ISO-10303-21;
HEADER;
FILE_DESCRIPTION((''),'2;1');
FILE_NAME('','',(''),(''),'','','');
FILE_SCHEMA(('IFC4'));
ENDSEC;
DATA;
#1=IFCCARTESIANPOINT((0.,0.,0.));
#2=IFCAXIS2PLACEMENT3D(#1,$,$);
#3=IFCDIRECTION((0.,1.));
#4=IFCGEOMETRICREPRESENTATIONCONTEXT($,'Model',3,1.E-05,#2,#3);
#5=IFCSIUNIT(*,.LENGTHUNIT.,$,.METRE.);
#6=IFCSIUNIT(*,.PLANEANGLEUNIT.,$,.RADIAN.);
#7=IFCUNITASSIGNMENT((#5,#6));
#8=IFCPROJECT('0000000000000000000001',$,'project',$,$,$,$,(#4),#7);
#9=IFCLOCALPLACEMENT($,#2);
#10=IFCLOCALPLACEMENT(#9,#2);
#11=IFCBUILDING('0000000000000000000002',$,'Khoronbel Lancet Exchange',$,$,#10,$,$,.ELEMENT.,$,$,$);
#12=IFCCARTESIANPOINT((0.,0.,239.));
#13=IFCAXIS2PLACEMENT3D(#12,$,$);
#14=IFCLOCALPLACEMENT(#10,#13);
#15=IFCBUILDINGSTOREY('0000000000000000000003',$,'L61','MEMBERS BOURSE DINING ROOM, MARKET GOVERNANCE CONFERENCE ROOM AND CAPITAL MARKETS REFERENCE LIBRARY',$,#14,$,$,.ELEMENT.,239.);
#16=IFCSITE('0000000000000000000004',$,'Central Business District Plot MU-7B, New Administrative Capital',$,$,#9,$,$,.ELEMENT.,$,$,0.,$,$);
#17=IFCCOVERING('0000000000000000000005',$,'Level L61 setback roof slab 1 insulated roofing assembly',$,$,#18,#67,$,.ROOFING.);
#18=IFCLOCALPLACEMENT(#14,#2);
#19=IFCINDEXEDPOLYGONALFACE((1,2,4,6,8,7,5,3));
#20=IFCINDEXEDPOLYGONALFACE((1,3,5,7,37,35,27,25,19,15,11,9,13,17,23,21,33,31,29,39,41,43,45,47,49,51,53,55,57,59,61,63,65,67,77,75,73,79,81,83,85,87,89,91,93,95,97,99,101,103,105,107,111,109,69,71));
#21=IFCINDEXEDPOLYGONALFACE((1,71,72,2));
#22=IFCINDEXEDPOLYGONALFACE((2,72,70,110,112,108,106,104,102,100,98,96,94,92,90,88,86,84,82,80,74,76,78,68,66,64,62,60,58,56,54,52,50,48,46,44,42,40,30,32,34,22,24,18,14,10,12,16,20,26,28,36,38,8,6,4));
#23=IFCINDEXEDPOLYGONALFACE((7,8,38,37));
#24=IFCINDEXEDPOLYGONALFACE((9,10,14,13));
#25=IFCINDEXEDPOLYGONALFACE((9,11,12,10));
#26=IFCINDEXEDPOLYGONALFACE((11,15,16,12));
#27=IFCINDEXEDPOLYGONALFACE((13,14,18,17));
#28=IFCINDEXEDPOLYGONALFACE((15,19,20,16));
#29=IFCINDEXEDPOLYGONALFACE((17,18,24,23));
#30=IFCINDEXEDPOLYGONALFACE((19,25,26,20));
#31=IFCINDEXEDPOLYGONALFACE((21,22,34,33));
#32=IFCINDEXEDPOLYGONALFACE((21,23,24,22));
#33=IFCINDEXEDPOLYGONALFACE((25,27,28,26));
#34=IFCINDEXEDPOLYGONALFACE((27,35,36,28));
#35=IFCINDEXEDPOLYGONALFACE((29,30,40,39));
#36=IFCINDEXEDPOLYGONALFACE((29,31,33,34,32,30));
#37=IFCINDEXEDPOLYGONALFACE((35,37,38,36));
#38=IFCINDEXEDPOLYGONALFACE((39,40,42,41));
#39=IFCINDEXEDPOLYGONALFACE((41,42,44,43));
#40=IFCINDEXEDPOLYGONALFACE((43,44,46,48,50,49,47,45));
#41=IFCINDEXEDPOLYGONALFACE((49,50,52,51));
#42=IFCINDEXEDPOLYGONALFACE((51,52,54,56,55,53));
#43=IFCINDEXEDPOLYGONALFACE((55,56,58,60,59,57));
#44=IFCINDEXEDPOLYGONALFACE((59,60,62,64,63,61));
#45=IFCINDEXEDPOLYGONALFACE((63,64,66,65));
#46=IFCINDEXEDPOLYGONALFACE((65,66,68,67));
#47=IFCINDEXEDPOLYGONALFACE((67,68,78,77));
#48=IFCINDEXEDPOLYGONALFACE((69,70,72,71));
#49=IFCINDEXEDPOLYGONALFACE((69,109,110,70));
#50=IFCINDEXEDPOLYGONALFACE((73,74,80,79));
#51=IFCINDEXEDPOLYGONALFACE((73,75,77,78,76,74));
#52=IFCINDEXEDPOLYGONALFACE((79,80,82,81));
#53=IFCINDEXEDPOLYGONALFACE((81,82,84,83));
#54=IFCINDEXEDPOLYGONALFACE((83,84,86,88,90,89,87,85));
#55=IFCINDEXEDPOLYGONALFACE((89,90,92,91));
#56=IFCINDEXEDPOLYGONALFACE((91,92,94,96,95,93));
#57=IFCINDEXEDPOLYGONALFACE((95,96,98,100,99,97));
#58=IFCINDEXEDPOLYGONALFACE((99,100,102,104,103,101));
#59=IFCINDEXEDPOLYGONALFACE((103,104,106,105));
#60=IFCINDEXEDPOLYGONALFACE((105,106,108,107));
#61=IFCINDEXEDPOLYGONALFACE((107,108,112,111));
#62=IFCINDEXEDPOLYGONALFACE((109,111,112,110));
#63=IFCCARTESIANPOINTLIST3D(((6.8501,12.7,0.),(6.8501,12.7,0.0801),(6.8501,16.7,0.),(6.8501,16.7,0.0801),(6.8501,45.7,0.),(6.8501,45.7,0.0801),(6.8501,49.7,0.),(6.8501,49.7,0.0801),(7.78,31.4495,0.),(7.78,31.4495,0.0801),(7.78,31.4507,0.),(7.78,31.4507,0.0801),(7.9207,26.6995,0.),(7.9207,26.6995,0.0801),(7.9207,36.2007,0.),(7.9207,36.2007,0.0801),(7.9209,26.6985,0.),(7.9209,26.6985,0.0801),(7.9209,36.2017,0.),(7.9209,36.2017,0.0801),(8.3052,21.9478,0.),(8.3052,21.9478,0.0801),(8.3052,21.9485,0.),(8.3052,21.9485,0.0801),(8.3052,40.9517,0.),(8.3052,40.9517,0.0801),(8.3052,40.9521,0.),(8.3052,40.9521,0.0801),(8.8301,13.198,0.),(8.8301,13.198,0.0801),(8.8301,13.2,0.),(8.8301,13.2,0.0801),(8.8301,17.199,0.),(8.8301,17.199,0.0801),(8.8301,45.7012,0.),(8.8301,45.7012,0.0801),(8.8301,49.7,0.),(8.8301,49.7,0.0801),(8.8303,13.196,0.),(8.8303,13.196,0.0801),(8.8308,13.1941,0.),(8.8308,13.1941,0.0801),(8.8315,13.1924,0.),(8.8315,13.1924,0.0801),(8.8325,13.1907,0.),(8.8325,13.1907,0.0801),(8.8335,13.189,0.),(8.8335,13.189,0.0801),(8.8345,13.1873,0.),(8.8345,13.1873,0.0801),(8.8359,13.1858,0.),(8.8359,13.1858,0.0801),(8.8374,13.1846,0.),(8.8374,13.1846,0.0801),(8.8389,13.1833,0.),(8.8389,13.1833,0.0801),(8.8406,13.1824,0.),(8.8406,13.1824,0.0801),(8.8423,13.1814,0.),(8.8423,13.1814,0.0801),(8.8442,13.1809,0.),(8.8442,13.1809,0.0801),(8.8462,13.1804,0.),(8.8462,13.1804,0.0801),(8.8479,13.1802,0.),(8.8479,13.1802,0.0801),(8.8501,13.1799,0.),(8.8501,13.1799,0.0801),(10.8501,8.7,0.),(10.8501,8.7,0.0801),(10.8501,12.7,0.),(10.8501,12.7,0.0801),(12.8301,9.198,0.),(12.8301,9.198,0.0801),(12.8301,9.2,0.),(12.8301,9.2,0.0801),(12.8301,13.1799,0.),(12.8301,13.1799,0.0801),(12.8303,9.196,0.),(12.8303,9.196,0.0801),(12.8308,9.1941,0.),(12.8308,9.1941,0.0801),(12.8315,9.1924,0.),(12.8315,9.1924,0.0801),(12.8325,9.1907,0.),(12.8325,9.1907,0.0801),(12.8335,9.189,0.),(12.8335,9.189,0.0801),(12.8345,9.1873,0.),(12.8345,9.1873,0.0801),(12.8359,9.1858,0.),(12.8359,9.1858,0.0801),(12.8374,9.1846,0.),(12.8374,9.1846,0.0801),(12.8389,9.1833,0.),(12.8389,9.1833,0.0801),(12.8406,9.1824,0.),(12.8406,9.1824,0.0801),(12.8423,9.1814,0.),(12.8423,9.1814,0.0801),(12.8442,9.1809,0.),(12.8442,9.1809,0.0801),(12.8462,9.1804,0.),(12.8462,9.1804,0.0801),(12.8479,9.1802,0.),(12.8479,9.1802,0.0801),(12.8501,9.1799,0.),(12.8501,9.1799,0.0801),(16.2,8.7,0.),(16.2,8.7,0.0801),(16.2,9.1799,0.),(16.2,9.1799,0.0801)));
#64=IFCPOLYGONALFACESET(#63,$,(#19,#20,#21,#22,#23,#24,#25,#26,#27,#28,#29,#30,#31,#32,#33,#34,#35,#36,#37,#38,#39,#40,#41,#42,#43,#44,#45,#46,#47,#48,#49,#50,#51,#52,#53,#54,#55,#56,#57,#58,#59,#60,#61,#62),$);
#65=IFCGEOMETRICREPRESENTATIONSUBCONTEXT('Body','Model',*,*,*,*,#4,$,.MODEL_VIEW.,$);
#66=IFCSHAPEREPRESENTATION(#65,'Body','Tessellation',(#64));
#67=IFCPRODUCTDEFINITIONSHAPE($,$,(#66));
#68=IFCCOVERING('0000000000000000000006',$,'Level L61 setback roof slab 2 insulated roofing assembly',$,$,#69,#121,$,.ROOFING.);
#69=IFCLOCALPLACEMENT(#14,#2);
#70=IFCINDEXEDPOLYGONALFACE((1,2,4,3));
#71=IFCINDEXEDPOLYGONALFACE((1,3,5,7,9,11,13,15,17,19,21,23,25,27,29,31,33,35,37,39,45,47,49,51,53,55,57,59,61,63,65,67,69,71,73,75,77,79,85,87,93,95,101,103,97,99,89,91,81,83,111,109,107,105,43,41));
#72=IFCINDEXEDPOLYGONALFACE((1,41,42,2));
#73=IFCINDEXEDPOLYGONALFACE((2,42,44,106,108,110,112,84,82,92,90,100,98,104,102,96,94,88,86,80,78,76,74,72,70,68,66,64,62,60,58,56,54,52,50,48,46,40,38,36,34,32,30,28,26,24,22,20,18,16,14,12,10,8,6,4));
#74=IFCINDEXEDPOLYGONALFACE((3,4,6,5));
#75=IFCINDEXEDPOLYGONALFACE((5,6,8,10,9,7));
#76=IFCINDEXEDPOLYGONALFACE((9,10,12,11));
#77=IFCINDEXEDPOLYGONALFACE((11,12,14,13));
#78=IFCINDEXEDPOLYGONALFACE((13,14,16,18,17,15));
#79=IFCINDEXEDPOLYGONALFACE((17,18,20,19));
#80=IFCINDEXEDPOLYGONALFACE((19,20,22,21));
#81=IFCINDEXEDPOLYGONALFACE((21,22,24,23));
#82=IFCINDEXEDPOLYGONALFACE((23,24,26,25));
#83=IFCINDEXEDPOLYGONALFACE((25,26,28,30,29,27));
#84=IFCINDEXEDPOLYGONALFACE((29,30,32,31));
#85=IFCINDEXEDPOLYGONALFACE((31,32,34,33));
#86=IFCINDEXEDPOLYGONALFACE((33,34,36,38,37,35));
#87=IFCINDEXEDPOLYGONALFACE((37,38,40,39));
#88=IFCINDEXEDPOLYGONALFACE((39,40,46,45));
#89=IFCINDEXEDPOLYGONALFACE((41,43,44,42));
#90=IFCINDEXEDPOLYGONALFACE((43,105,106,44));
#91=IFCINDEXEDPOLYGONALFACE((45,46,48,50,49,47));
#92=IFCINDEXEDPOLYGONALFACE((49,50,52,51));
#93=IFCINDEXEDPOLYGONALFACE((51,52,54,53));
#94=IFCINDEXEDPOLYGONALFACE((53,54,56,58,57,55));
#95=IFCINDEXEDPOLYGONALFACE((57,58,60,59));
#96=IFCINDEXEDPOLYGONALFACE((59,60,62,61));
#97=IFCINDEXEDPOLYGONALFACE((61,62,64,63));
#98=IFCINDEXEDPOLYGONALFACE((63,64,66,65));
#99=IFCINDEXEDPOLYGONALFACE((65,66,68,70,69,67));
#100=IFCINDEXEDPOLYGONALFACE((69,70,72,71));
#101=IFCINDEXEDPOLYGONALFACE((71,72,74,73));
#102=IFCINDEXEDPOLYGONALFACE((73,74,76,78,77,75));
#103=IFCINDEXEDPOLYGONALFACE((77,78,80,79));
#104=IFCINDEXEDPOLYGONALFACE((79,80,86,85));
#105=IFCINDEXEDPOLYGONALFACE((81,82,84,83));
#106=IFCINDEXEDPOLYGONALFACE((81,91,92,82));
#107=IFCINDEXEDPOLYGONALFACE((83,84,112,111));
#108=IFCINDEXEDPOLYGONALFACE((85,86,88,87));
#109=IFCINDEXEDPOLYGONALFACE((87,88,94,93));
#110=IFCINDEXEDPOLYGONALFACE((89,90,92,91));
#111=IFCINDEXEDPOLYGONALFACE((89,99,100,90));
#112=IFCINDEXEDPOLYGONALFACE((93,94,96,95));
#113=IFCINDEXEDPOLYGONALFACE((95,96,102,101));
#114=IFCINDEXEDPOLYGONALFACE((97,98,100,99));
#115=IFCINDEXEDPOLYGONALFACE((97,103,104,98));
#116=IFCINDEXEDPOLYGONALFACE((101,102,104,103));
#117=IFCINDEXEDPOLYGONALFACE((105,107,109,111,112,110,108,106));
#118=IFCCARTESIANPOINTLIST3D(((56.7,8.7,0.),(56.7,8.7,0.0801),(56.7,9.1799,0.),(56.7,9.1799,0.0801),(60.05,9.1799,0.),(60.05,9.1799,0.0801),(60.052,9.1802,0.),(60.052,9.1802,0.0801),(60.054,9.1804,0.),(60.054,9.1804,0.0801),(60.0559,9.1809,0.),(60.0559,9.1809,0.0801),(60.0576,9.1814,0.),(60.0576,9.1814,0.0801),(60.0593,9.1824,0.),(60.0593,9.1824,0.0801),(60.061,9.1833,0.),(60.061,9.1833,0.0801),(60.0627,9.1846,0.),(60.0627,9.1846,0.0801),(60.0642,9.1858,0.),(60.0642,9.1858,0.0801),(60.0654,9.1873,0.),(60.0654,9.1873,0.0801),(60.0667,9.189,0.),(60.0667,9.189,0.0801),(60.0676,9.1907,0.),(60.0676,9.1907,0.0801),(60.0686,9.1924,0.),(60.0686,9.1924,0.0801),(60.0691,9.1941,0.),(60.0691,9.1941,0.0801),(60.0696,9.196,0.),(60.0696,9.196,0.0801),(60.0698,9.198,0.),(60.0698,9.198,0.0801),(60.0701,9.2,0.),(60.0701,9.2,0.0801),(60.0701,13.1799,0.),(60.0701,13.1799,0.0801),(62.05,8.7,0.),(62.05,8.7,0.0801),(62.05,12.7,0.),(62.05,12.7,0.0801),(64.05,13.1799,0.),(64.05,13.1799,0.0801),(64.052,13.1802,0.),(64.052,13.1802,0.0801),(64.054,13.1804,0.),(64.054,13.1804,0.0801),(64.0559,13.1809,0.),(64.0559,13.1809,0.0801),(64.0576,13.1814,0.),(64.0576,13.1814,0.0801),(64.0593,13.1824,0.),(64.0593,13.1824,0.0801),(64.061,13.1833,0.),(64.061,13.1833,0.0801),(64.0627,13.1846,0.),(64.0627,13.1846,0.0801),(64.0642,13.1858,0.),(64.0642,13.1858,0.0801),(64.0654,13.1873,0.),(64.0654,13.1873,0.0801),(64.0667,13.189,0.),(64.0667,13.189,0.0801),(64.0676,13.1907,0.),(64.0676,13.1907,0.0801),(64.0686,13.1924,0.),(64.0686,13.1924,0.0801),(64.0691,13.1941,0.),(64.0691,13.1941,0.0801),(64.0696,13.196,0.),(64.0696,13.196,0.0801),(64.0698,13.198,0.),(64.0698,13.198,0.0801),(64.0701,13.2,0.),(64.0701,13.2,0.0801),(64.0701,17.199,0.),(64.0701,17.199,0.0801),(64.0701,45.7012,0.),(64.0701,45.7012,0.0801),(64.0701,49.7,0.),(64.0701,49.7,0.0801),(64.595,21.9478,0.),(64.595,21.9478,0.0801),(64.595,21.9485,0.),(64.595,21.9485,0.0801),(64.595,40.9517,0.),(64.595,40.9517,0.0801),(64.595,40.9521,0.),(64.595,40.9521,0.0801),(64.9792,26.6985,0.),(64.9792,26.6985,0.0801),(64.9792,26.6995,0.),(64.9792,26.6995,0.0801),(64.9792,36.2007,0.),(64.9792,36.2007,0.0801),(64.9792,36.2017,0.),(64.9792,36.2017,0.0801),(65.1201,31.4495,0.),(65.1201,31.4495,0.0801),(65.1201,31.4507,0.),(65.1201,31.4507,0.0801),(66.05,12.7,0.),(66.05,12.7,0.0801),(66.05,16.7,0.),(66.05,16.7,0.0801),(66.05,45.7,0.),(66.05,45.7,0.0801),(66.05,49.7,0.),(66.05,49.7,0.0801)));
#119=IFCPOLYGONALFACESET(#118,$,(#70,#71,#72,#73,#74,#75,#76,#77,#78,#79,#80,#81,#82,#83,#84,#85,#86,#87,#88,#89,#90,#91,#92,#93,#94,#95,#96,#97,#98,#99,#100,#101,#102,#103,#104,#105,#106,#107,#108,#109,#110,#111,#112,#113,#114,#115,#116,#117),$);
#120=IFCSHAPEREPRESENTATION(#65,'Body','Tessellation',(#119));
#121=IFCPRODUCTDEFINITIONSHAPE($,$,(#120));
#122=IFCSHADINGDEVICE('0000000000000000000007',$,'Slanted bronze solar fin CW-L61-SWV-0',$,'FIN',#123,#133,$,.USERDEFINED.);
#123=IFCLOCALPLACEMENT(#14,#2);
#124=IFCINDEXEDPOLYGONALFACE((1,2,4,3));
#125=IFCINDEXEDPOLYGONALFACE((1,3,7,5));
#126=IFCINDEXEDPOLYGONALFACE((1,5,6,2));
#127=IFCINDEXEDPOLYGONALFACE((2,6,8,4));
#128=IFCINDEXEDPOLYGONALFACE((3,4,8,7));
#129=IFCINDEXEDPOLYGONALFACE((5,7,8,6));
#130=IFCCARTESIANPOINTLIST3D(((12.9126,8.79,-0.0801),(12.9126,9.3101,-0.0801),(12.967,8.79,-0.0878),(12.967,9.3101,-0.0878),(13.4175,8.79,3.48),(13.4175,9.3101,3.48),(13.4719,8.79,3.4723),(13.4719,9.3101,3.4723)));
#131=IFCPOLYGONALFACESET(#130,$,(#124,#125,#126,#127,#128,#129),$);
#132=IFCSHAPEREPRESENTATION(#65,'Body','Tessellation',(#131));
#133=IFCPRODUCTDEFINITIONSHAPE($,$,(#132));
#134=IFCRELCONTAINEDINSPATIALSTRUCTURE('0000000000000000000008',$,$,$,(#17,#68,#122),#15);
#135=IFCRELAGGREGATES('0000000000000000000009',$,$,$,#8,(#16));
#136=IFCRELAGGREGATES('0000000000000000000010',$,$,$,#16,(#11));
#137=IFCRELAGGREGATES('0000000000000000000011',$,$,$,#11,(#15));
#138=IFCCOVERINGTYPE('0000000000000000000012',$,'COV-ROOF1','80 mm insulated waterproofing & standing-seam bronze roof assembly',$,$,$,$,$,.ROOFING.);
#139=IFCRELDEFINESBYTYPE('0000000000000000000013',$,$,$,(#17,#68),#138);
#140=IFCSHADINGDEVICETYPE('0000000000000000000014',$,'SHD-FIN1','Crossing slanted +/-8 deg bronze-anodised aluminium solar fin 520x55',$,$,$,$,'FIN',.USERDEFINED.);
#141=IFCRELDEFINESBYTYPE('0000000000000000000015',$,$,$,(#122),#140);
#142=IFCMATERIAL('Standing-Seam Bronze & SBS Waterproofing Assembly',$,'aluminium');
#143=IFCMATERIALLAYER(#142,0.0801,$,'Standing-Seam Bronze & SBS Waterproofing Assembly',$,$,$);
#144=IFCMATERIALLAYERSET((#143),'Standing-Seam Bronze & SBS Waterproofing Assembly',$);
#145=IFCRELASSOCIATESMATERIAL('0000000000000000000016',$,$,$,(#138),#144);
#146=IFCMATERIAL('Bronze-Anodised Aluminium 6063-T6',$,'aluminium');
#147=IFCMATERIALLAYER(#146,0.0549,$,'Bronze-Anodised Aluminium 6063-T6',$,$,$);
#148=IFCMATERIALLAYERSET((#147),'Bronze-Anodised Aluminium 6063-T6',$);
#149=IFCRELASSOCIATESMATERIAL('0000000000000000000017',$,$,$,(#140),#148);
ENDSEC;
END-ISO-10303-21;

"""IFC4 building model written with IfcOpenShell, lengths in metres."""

from ifc_helpers import new_model, si_unit, direction, frame, origin, place, context, subcontext, project, spatial, polyline, outline, extrude, material, layer, layer_set, type_object, element, save


model = new_model("IFC4")

# Units and contexts
model_context = context("Model", 3, precision=1e-05, world=origin(), true_north=direction((0.0, 1.0)))
body_context = subcontext(model_context, "Body", "Model", "MODEL_VIEW")
ifc_project = project(units=[si_unit("LENGTHUNIT", "METRE"), si_unit("PLANEANGLEUNIT", "RADIAN")], contexts=[model_context])

# Site, building, storey
site_placement = place(None, origin())
site = spatial("IfcSite", under=ifc_project, at=site_placement, Name="Central Business District Plot MU-7B, New Administrative Capital", CompositionType="ELEMENT", RefElevation=0.0)
building_placement = place(site_placement, origin())
building = spatial("IfcBuilding", under=site, at=building_placement, Name="Khoronbel Lancet Exchange", CompositionType="ELEMENT")
storey_placement = place(building_placement, frame((0.0, 0.0, 239.0)))
storey = spatial("IfcBuildingStorey", under=building, at=storey_placement, Name="L61", Description="MEMBERS BOURSE DINING ROOM, MARKET GOVERNANCE CONFERENCE ROOM AND CAPITAL MARKETS REFERENCE LIBRARY", CompositionType="ELEMENT", Elevation=239.0)

# Shared definitions
ifc_material_1 = material(Name="Bronze-Anodised Aluminium 6063-T6", Category="aluminium")

# Coverings
ifc_material_2 = material(Name="Standing-Seam Bronze & SBS Waterproofing Assembly", Category="aluminium")
ifc_layer_1 = layer(ifc_material_2, 0.0801, Name="Standing-Seam Bronze & SBS Waterproofing Assembly")
ifc_layer_set_1 = layer_set([ifc_layer_1], Name="Standing-Seam Bronze & SBS Waterproofing Assembly")
covering_type_1 = type_object("IfcCoveringType", Name="COV-ROOF1", Description="80 mm insulated waterproofing & standing-seam bronze roof assembly", PredefinedType="ROOFING", material=ifc_layer_set_1)
covering_1_placement = place(storey_placement, origin())
element("IfcCovering", 1, at=covering_1_placement, inside=storey, type_object=covering_type_1, Name="Level L61 setback roof slab 1 insulated roofing assembly", PredefinedType="ROOFING", context=body_context, shape_type="SweptSolid", body=[
    extrude(outline(polyline([(10.8501, 8.7), (10.8501, 12.7), (6.8501, 12.7), (6.8501, 16.7), (6.8501, 45.7), (6.8501, 49.7), (8.8301, 49.7), (8.8301, 45.7012), (8.3052, 40.9521), (8.3052, 40.9517), (7.9209, 36.2017), (7.9207, 36.2007), (7.78, 31.4507), (7.78, 31.4495), (7.9207, 26.6995), (7.9209, 26.6985), (8.3052, 21.9485), (8.3052, 21.9478), (8.8301, 17.199), (8.8301, 13.2), (8.8301, 13.198), (8.8303, 13.196), (8.8308, 13.1941), (8.8315, 13.1924), (8.8325, 13.1907), (8.8335, 13.189), (8.8345, 13.1873), (8.8359, 13.1858), (8.8374, 13.1846), (8.8389, 13.1833), (8.8406, 13.1824), (8.8423, 13.1814), (8.8442, 13.1809), (8.8462, 13.1804), (8.8479, 13.1802), (8.8501, 13.1799), (12.8301, 13.1799), (12.8301, 9.2), (12.8301, 9.198), (12.8303, 9.196), (12.8308, 9.1941), (12.8315, 9.1924), (12.8325, 9.1907), (12.8335, 9.189), (12.8345, 9.1873), (12.8359, 9.1858), (12.8374, 9.1846), (12.8389, 9.1833), (12.8406, 9.1824), (12.8423, 9.1814), (12.8442, 9.1809), (12.8462, 9.1804), (12.8479, 9.1802), (12.8501, 9.1799), (16.2, 9.1799), (16.2, 8.7), (10.8501, 8.7)])), origin(), (0.0, 0.0, 1.0), 0.0801),
])
covering_2_placement = place(storey_placement, origin())
element("IfcCovering", 2, at=covering_2_placement, inside=storey, type_object=covering_type_1, Name="Level L61 setback roof slab 2 insulated roofing assembly", PredefinedType="ROOFING", context=body_context, shape_type="SweptSolid", body=[
    extrude(outline(polyline([(66.05, 45.7), (66.05, 16.7), (66.05, 12.7), (62.05, 12.7), (62.05, 8.7), (56.7, 8.7), (56.7, 9.1799), (60.05, 9.1799), (60.052, 9.1802), (60.054, 9.1804), (60.0559, 9.1809), (60.0576, 9.1814), (60.0593, 9.1824), (60.061, 9.1833), (60.0627, 9.1846), (60.0642, 9.1858), (60.0654, 9.1873), (60.0667, 9.189), (60.0676, 9.1907), (60.0686, 9.1924), (60.0691, 9.1941), (60.0696, 9.196), (60.0698, 9.198), (60.0701, 9.2), (60.0701, 13.1799), (64.05, 13.1799), (64.052, 13.1802), (64.054, 13.1804), (64.0559, 13.1809), (64.0576, 13.1814), (64.0593, 13.1824), (64.061, 13.1833), (64.0627, 13.1846), (64.0642, 13.1858), (64.0654, 13.1873), (64.0667, 13.189), (64.0676, 13.1907), (64.0686, 13.1924), (64.0691, 13.1941), (64.0696, 13.196), (64.0698, 13.198), (64.0701, 13.2), (64.0701, 17.199), (64.595, 21.9478), (64.595, 21.9485), (64.9792, 26.6985), (64.9792, 26.6995), (65.1201, 31.4495), (65.1201, 31.4507), (64.9792, 36.2007), (64.9792, 36.2017), (64.595, 40.9517), (64.595, 40.9521), (64.0701, 45.7012), (64.0701, 49.7), (66.05, 49.7), (66.05, 45.7)])), origin(), (0.0, 0.0, 1.0), 0.0801),
])

# Shading device
ifc_layer_2 = layer(ifc_material_1, 0.0549, Name="Bronze-Anodised Aluminium 6063-T6")
ifc_layer_set_2 = layer_set([ifc_layer_2], Name="Bronze-Anodised Aluminium 6063-T6")
shading_device_type = type_object("IfcShadingDeviceType", Name="SHD-FIN1", Description="Crossing slanted +/-8 deg bronze-anodised aluminium solar fin 520x55", ElementType="FIN", PredefinedType="USERDEFINED", material=ifc_layer_set_2)
shading_device_placement = place(storey_placement, frame((12.9126, 9.3101, -0.0801), z_axis=(-0.990093, 0.0, 0.140414), x_axis=(0.0, -1.0, 0.0)))
element("IfcShadingDevice", 3, at=shading_device_placement, inside=storey, type_object=shading_device_type, Name="Slanted bronze solar fin CW-L61-SWV-0", ObjectType="FIN", PredefinedType="USERDEFINED", context=body_context, shape_type="SweptSolid", body=[
    extrude(outline(polyline([(0.0, 0.0), (0.52, 0.0), (0.52, 3.5957), (0.0, 3.5957), (0.0, 0.0)])), origin(), (0.0, 0.0, -1.0), 0.0549),
])

save(model, "model.ifc")
